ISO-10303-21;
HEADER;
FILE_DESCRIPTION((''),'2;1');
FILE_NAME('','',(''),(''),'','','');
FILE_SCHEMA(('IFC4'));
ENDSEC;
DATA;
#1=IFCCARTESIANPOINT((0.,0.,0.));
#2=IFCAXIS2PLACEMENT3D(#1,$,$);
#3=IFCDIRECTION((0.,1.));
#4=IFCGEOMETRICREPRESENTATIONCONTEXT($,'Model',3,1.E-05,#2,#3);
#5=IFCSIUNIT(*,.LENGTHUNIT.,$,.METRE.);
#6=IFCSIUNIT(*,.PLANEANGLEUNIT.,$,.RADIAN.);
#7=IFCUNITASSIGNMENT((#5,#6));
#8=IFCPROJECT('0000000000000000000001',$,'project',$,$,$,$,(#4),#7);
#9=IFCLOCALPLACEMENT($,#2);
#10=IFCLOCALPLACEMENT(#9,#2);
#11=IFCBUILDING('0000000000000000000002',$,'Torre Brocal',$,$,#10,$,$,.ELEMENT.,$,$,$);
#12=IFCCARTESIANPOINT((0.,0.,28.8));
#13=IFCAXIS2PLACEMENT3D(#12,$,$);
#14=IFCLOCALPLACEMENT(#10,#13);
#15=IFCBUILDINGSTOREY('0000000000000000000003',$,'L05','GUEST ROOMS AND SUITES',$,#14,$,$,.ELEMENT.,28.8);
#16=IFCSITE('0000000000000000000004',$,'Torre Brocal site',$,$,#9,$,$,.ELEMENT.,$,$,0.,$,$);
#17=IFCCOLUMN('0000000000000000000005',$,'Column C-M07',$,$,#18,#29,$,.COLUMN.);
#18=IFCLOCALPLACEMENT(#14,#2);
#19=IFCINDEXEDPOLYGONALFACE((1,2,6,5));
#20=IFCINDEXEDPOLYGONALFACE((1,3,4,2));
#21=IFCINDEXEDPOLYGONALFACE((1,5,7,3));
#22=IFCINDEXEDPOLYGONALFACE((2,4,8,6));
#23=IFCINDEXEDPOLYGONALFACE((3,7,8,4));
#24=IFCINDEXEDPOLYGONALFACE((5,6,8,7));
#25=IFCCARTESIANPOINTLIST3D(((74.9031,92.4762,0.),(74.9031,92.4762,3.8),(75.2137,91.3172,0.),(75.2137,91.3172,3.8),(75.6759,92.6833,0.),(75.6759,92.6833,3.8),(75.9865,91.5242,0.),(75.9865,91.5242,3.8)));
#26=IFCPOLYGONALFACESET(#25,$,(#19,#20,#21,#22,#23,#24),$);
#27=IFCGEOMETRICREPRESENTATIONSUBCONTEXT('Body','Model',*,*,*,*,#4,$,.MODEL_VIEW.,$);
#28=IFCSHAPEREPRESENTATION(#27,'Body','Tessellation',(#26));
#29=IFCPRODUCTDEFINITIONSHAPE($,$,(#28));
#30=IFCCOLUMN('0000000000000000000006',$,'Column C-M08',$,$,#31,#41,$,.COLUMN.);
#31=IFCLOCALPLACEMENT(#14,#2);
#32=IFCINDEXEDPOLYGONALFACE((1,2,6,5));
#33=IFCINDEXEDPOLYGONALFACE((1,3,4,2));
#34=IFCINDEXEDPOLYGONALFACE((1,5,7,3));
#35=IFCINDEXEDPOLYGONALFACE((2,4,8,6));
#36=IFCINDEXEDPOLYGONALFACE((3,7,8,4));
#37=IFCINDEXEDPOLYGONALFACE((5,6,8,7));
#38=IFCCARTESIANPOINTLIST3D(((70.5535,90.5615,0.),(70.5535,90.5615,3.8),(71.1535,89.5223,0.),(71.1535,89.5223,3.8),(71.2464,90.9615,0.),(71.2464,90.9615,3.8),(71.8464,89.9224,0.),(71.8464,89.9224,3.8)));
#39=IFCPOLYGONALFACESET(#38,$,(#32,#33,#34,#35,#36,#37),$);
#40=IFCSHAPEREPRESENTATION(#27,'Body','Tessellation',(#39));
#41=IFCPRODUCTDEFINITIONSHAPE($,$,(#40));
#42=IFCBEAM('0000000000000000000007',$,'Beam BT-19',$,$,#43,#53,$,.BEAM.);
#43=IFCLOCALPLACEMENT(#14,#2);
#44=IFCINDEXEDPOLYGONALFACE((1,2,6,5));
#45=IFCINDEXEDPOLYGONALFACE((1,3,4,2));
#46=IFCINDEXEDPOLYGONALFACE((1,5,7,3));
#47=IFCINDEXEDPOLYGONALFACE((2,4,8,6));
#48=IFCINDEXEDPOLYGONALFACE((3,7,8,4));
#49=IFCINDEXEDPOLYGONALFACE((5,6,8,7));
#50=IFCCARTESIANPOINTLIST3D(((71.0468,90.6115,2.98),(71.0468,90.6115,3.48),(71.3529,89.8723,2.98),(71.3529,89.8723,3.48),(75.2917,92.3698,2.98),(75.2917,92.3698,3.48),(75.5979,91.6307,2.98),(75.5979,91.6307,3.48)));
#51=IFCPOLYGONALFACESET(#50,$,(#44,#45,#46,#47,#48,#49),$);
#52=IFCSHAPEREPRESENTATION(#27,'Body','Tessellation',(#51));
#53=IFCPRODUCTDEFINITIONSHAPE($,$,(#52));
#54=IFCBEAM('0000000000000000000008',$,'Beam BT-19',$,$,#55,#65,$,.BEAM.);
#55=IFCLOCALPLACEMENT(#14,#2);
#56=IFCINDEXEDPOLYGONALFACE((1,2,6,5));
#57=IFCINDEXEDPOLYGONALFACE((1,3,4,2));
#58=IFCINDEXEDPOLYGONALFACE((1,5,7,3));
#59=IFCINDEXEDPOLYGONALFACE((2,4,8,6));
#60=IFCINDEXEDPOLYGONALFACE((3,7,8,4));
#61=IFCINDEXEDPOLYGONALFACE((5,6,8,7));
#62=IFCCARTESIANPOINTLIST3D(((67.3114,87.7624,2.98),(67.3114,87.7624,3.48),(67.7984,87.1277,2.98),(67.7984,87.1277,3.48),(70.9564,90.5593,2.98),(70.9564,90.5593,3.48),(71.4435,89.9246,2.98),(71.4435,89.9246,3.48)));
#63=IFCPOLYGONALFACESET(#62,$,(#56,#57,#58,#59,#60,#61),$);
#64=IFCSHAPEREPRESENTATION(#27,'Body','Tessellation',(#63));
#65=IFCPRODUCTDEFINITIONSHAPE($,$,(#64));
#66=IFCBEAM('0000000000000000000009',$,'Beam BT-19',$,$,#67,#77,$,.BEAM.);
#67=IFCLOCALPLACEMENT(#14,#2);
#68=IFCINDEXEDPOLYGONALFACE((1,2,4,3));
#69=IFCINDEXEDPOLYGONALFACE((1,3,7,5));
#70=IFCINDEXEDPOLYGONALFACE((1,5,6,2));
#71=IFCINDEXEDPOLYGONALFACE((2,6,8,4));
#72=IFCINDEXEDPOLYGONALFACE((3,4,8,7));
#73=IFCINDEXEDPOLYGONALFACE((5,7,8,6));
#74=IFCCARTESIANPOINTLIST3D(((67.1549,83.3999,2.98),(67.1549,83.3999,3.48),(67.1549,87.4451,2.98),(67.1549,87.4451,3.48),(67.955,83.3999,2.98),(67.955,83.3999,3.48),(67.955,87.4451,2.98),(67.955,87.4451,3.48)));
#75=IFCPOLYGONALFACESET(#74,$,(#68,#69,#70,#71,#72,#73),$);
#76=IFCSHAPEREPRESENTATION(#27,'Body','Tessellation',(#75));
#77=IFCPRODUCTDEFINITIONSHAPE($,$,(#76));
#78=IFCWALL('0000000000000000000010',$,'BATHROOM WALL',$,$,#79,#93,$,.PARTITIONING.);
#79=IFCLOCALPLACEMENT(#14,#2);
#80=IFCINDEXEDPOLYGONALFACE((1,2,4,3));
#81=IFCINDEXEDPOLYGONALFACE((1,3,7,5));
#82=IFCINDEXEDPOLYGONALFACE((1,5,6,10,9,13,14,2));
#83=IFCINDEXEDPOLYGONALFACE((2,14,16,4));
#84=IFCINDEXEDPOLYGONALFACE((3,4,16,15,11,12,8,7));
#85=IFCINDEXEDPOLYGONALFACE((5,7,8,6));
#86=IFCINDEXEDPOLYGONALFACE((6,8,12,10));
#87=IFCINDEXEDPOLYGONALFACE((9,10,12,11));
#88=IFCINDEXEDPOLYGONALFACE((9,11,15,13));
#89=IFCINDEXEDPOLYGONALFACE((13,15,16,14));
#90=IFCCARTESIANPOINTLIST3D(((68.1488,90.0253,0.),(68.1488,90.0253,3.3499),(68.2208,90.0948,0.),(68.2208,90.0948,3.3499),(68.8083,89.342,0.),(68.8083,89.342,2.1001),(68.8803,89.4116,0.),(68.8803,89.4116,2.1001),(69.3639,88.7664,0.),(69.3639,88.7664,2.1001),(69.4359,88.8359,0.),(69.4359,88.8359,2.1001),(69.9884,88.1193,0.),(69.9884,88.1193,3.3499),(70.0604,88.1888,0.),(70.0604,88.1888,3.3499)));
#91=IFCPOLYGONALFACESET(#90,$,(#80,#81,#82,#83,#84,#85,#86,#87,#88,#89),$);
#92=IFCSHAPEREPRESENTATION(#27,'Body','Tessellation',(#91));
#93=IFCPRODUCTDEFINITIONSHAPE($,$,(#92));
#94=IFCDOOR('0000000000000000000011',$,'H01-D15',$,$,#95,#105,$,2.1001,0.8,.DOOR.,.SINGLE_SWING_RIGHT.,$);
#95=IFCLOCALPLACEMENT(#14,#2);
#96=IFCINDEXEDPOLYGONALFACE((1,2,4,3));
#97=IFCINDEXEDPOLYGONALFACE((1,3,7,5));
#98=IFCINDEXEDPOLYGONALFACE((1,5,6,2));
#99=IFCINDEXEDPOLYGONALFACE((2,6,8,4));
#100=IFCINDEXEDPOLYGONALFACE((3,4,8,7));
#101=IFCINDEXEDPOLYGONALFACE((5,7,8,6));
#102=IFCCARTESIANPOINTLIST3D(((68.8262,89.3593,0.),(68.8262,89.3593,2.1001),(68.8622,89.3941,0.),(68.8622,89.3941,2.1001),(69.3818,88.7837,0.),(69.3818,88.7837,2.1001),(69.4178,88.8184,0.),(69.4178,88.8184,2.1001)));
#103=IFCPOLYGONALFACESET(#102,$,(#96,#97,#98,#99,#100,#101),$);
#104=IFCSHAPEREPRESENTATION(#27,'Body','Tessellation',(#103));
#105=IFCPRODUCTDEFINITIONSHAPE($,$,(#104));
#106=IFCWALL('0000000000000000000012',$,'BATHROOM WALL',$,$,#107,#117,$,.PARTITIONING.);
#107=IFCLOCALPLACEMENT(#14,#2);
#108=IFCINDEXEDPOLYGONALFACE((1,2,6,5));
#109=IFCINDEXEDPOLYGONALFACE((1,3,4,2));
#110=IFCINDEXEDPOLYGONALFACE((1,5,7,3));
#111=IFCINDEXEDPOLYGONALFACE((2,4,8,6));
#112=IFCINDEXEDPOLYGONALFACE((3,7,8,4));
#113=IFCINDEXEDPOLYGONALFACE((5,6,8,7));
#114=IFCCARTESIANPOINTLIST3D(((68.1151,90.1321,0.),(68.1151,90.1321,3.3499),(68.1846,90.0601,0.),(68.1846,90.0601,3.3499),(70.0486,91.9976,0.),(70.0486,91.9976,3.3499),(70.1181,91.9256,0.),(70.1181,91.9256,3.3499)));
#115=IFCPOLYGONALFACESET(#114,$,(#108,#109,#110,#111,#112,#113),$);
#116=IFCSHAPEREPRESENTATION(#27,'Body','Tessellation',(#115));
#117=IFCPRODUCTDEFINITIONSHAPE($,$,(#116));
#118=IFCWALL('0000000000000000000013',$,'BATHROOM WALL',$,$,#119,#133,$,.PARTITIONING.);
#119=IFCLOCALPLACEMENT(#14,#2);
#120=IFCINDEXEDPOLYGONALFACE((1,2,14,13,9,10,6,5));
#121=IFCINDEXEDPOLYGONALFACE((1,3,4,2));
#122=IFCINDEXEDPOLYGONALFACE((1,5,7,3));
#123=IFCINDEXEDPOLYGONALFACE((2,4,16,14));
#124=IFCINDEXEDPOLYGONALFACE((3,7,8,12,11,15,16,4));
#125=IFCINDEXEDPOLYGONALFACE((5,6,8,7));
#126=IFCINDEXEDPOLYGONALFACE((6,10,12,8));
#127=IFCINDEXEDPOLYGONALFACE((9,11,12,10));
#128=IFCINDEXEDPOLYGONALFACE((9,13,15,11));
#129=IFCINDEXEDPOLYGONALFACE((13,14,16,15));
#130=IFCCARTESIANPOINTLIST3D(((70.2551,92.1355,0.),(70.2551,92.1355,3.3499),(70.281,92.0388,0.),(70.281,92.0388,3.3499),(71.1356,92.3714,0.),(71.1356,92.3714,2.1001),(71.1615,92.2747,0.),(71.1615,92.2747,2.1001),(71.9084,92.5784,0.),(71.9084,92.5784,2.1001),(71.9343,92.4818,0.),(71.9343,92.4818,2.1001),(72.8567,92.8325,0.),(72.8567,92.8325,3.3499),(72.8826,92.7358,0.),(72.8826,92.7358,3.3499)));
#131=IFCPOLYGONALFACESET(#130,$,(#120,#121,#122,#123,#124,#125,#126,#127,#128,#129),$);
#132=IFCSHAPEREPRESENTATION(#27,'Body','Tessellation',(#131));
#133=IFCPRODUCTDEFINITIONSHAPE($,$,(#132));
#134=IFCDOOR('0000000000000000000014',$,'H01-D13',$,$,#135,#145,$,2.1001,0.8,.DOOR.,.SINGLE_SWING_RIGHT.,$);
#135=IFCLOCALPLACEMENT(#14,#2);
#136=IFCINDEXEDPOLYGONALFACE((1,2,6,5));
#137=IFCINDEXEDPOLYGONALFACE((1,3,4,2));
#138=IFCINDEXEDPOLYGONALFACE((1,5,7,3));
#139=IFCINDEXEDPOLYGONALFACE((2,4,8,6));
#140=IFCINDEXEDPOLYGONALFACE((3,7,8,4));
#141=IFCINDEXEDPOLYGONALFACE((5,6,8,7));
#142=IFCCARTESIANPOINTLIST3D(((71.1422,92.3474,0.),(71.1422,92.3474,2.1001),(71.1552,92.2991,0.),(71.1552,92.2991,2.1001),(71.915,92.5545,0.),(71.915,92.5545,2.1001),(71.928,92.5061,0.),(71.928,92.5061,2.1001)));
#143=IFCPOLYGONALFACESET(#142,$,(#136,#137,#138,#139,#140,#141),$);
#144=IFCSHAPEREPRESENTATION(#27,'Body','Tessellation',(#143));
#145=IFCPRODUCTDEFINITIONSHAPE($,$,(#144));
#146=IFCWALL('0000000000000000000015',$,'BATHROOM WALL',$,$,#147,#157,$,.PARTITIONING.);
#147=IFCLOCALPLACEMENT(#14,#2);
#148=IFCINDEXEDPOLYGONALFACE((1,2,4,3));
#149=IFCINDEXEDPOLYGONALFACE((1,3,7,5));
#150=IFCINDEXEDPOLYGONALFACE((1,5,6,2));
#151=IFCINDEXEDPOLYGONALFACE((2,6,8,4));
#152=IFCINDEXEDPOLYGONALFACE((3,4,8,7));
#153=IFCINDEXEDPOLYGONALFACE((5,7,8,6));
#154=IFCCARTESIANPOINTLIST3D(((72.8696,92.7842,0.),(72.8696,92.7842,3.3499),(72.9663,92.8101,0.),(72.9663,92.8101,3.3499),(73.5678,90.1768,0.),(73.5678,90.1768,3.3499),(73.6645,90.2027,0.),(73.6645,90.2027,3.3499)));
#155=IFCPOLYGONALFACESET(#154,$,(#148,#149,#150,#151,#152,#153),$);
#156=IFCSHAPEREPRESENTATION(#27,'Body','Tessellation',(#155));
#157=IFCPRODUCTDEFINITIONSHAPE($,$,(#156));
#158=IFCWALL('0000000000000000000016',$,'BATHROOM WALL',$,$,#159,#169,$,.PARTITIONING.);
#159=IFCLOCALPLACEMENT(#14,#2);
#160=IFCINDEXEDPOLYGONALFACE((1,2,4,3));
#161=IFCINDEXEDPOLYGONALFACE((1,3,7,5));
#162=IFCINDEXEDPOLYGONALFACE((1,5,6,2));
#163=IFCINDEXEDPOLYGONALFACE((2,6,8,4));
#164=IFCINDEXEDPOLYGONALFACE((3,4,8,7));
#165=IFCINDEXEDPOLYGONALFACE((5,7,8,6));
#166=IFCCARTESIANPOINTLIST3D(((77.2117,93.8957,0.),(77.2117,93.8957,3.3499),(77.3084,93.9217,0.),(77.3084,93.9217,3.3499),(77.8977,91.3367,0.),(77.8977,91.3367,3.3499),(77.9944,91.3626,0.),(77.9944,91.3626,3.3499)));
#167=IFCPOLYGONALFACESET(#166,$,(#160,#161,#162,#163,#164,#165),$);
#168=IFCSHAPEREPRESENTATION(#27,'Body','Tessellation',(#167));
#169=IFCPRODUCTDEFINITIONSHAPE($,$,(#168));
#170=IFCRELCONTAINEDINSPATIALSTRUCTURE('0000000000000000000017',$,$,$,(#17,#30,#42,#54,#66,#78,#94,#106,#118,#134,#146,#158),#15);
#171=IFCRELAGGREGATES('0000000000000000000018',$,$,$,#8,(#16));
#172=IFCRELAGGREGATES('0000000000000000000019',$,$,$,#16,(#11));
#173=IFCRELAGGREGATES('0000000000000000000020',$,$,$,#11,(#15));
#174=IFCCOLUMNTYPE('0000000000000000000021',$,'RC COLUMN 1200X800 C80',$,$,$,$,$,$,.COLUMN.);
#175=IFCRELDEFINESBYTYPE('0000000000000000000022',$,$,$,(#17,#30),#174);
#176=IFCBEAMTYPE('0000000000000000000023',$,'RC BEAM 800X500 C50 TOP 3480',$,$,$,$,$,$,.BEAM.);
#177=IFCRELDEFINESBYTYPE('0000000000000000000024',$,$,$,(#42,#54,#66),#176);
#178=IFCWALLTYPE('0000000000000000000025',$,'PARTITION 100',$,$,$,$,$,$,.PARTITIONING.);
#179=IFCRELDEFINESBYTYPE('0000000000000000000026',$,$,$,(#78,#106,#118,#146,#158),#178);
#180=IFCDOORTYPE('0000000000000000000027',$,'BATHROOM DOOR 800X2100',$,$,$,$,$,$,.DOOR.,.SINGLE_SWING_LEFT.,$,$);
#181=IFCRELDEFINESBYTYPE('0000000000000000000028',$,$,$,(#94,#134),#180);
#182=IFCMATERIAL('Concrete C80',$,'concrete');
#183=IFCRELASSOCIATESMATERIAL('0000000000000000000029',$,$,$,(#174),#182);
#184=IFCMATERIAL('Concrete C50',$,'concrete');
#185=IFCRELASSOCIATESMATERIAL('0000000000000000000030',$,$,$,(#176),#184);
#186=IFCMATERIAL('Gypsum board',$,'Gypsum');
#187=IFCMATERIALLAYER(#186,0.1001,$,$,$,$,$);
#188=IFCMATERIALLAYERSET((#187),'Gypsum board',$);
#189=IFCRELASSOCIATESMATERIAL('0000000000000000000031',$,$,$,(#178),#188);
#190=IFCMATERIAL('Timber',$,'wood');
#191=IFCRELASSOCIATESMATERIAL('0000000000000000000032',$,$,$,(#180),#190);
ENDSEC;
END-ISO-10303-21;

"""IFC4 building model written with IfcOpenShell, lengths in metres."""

from ifc_helpers import new_model, si_unit, direction, frame, frame_2d, origin, origin_2d, place, context, subcontext, project, spatial, rectangle, extrude, material, layer, layer_set, material_profile, profile_set, type_object, element, fill, save


model = new_model("IFC4")

# Units and contexts
model_context = context("Model", 3, precision=1e-05, world=origin(), true_north=direction((0.0, 1.0)))
body_context = subcontext(model_context, "Body", "Model", "MODEL_VIEW")
ifc_project = project(units=[si_unit("LENGTHUNIT", "METRE"), si_unit("PLANEANGLEUNIT", "RADIAN")], contexts=[model_context])

# Site, building, storey
site_placement = place(None, origin())
site = spatial("IfcSite", under=ifc_project, at=site_placement, Name="Torre Brocal site", CompositionType="ELEMENT", RefElevation=0.0)
building_placement = place(site_placement, origin())
building = spatial("IfcBuilding", under=site, at=building_placement, Name="Torre Brocal", CompositionType="ELEMENT")
storey_placement = place(building_placement, frame((0.0, 0.0, 28.8)))
storey = spatial("IfcBuildingStorey", under=building, at=storey_placement, Name="L05", Description="GUEST ROOMS AND SUITES", CompositionType="ELEMENT", Elevation=28.8)

# Columns
ifc_material_1 = material(Name="Concrete C80", Category="concrete")
ifc_material_profile_1 = material_profile(ifc_material_1, rectangle(XDim=1.2, YDim=0.8, at=origin_2d()), Name="RC 1200X800")
ifc_profile_set_1 = profile_set([ifc_material_profile_1], Name="Concrete C80")
column_type = type_object("IfcColumnType", Name="RC COLUMN 1200X800 C80", PredefinedType="COLUMN", material=ifc_profile_set_1)
for number, where, z_axis, x_axis, name in (
    (1, (75.4448, 92.0002, 0.0), (0.0, 0.0, 1.0), (-0.258819, 0.965926, 0.0), "Column C-M07"),
    (2, (71.2, 90.2419, 0.0), (0.0, 0.0, 1.0), (-0.5, 0.866025, 0.0), "Column C-M08"),
):
    element("IfcColumn", number, at=place(storey_placement, frame(where, z_axis=z_axis, x_axis=x_axis)), inside=storey, type_object=column_type, Name=name, PredefinedType="COLUMN", context=body_context, shape_type="SweptSolid", body=[
        extrude(rectangle(XDim=1.2, YDim=0.8, at=origin_2d()), origin(), (0.0, 0.0, 1.0), 3.8),
    ])

# Beams
ifc_material_2 = material(Name="Concrete C50", Category="concrete")
ifc_material_profile_2 = material_profile(ifc_material_2, rectangle(XDim=0.8, YDim=0.5, at=origin_2d()), Name="RC 800X500")
ifc_profile_set_2 = profile_set([ifc_material_profile_2], Name="Concrete C50")
beam_type = type_object("IfcBeamType", Name="RC BEAM 800X500 C50 TOP 3480", PredefinedType="BEAM", material=ifc_profile_set_2)
beam_1_placement = place(storey_placement, frame((75.4448, 92.0002, 3.23), z_axis=(-0.923878, -0.382687, 0.0), x_axis=(0.382687, -0.923878, 0.0)))
element("IfcBeam", 3, at=beam_1_placement, inside=storey, type_object=beam_type, Name="Beam BT-19", PredefinedType="BEAM", context=body_context, shape_type="SweptSolid", body=[
    extrude(rectangle(XDim=0.8, YDim=0.5, at=origin_2d()), origin(), (0.0, 0.0, 1.0), 4.5947),
])
beam_2_placement = place(storey_placement, frame((71.2, 90.2419, 3.23), z_axis=(-0.793358, -0.608755, 0.0), x_axis=(0.608755, -0.793358, 0.0)))
element("IfcBeam", 4, at=beam_2_placement, inside=storey, type_object=beam_type, Name="Beam BT-19", PredefinedType="BEAM", context=body_context, shape_type="SweptSolid", body=[
    extrude(rectangle(XDim=0.8, YDim=0.5, at=origin_2d()), origin(), (0.0, 0.0, 1.0), 4.5945),
])
beam_3_placement = place(storey_placement, frame((67.5549, 87.4451, 3.23), z_axis=(0.0, -1.0, 0.0), x_axis=(1.0, 0.0, 0.0)))
element("IfcBeam", 5, at=beam_3_placement, inside=storey, type_object=beam_type, Name="Beam BT-19", PredefinedType="BEAM", context=body_context, shape_type="SweptSolid", body=[
    extrude(rectangle(XDim=0.8, YDim=0.5, at=origin_2d()), origin(), (0.0, 0.0, 1.0), 4.0452),
])

# Wall, opening, door
ifc_material_3 = material(Name="Gypsum board", Category="Gypsum")
ifc_layer_1 = layer(ifc_material_3, 0.1001)
ifc_layer_set_1 = layer_set([ifc_layer_1], Name="Gypsum board")
wall_type_1 = type_object("IfcWallType", Name="PARTITION 100", PredefinedType="PARTITIONING", material=ifc_layer_set_1)
wall_1_placement = place(storey_placement, frame((68.1848, 90.0601, 0.0), z_axis=(0.0, 0.0, 1.0), x_axis=(0.694461, -0.71953, 0.0)))
wall_1 = element("IfcWall", 6, at=wall_1_placement, inside=storey, type_object=wall_type_1, Name="BATHROOM WALL", PredefinedType="PARTITIONING", context=body_context, shape_type="SweptSolid", body=[
    extrude(rectangle(XDim=2.6489, YDim=0.1001, at=frame_2d((1.3245, 0.0))), origin(), (0.0, 0.0, 1.0), 3.3499),
])
opening_1_placement = place(wall_1_placement, frame((0.9497, 0.0, 0.0)))
opening_1 = element("IfcOpeningElement", 7, at=opening_1_placement, cuts=wall_1, PredefinedType="OPENING", context=body_context, shape_type="SweptSolid", body=[
    extrude(rectangle(XDim=0.8, YDim=2.1001, at=frame_2d((0.3999, 1.05))), frame((0.0, 0.0601, 0.0), z_axis=(0.0, -1.0, 0.0), x_axis=(1.0, 0.0, 0.0)), (0.0, 0.0, 1.0), 0.1201),
])
ifc_material_4 = material(Name="Timber", Category="wood")
door_type_1 = type_object("IfcDoorType", Name="BATHROOM DOOR 800X2100", OperationType="SINGLE_SWING_LEFT", PredefinedType="DOOR", material=ifc_material_4)
door_1_placement = place(opening_1_placement, origin())
door_1 = element("IfcDoor", 8, at=door_1_placement, inside=storey, type_object=door_type_1, Name="H01-D15", OperationType="SINGLE_SWING_RIGHT", OverallHeight=2.1001, OverallWidth=0.8, PredefinedType="DOOR", context=body_context, shape_type="SweptSolid", body=[
    extrude(rectangle(XDim=0.8, YDim=2.1001, at=frame_2d((0.3999, 1.05))), frame((0.0, 0.0249, 0.0), z_axis=(0.0, -1.0, 0.0), x_axis=(1.0, 0.0, 0.0)), (0.0, 0.0, 1.0), 0.05),
])
fill(opening_1, door_1)

# Wall
wall_2_placement = place(storey_placement, frame((68.1499, 90.0962, 0.0), z_axis=(0.0, 0.0, 1.0), x_axis=(0.719669, 0.694317, 0.0)))
element("IfcWall", 9, at=wall_2_placement, inside=storey, type_object=wall_type_1, Name="BATHROOM WALL", PredefinedType="PARTITIONING", context=body_context, shape_type="SweptSolid", body=[
    extrude(rectangle(XDim=2.6868, YDim=0.1001, at=frame_2d((1.3433, 0.0))), origin(), (0.0, 0.0, 1.0), 3.3499),
])

# Wall, opening, door
wall_3_placement = place(storey_placement, frame((70.2681, 92.0872, 0.0), z_axis=(0.0, 0.0, 1.0), x_axis=(0.965932, 0.258796, 0.0)))
wall_3 = element("IfcWall", 10, at=wall_3_placement, inside=storey, type_object=wall_type_1, Name="BATHROOM WALL", PredefinedType="PARTITIONING", context=body_context, shape_type="SweptSolid", body=[
    extrude(rectangle(XDim=2.6934, YDim=0.1001, at=frame_2d((1.3467, 0.0))), origin(), (0.0, 0.0, 1.0), 3.3499),
])
opening_2_placement = place(wall_3_placement, frame((0.9116, 0.0, 0.0)))
opening_2 = element("IfcOpeningElement", 11, at=opening_2_placement, cuts=wall_3, PredefinedType="OPENING", context=body_context, shape_type="SweptSolid", body=[
    extrude(rectangle(XDim=0.8, YDim=2.1001, at=frame_2d((0.3999, 1.05))), frame((0.0, 0.0601, 0.0), z_axis=(0.0, -1.0, 0.0), x_axis=(1.0, 0.0, 0.0)), (0.0, 0.0, 1.0), 0.1201),
])
door_2_placement = place(opening_2_placement, frame((0.8, 0.0, 0.0), z_axis=(0.0, 0.0, 1.0), x_axis=(-1.0, 0.0, 0.0)))
door_2 = element("IfcDoor", 12, at=door_2_placement, inside=storey, type_object=door_type_1, Name="H01-D13", OperationType="SINGLE_SWING_RIGHT", OverallHeight=2.1001, OverallWidth=0.8, PredefinedType="DOOR", context=body_context, shape_type="SweptSolid", body=[
    extrude(rectangle(XDim=0.8, YDim=2.1001, at=frame_2d((0.3999, 1.05))), frame((0.0, 0.0249, 0.0), z_axis=(0.0, -1.0, 0.0), x_axis=(1.0, 0.0, 0.0)), (0.0, 0.0, 1.0), 0.05),
])
fill(opening_2, door_2)

# Walls
wall_4_placement = place(storey_placement, frame((72.918, 92.7971, 0.0), z_axis=(0.0, 0.0, 1.0), x_axis=(0.258676, -0.965964, 0.0)))
element("IfcWall", 13, at=wall_4_placement, inside=storey, type_object=wall_type_1, Name="BATHROOM WALL", PredefinedType="PARTITIONING", context=body_context, shape_type="SweptSolid", body=[
    extrude(rectangle(XDim=2.6992, YDim=0.1001, at=frame_2d((1.3496, 0.0))), origin(), (0.0, 0.0, 1.0), 3.3499),
])
wall_5_placement = place(storey_placement, frame((77.26, 93.9087, 0.0), z_axis=(0.0, 0.0, 1.0), x_axis=(0.258936, -0.965895, 0.0)))
element("IfcWall", 14, at=wall_5_placement, inside=storey, type_object=wall_type_1, Name="BATHROOM WALL", PredefinedType="PARTITIONING", context=body_context, shape_type="SweptSolid", body=[
    extrude(rectangle(XDim=2.6494, YDim=0.1001, at=frame_2d((1.3247, 0.0))), origin(), (0.0, 0.0, 1.0), 3.3499),
])

save(model, "model.ifc")
